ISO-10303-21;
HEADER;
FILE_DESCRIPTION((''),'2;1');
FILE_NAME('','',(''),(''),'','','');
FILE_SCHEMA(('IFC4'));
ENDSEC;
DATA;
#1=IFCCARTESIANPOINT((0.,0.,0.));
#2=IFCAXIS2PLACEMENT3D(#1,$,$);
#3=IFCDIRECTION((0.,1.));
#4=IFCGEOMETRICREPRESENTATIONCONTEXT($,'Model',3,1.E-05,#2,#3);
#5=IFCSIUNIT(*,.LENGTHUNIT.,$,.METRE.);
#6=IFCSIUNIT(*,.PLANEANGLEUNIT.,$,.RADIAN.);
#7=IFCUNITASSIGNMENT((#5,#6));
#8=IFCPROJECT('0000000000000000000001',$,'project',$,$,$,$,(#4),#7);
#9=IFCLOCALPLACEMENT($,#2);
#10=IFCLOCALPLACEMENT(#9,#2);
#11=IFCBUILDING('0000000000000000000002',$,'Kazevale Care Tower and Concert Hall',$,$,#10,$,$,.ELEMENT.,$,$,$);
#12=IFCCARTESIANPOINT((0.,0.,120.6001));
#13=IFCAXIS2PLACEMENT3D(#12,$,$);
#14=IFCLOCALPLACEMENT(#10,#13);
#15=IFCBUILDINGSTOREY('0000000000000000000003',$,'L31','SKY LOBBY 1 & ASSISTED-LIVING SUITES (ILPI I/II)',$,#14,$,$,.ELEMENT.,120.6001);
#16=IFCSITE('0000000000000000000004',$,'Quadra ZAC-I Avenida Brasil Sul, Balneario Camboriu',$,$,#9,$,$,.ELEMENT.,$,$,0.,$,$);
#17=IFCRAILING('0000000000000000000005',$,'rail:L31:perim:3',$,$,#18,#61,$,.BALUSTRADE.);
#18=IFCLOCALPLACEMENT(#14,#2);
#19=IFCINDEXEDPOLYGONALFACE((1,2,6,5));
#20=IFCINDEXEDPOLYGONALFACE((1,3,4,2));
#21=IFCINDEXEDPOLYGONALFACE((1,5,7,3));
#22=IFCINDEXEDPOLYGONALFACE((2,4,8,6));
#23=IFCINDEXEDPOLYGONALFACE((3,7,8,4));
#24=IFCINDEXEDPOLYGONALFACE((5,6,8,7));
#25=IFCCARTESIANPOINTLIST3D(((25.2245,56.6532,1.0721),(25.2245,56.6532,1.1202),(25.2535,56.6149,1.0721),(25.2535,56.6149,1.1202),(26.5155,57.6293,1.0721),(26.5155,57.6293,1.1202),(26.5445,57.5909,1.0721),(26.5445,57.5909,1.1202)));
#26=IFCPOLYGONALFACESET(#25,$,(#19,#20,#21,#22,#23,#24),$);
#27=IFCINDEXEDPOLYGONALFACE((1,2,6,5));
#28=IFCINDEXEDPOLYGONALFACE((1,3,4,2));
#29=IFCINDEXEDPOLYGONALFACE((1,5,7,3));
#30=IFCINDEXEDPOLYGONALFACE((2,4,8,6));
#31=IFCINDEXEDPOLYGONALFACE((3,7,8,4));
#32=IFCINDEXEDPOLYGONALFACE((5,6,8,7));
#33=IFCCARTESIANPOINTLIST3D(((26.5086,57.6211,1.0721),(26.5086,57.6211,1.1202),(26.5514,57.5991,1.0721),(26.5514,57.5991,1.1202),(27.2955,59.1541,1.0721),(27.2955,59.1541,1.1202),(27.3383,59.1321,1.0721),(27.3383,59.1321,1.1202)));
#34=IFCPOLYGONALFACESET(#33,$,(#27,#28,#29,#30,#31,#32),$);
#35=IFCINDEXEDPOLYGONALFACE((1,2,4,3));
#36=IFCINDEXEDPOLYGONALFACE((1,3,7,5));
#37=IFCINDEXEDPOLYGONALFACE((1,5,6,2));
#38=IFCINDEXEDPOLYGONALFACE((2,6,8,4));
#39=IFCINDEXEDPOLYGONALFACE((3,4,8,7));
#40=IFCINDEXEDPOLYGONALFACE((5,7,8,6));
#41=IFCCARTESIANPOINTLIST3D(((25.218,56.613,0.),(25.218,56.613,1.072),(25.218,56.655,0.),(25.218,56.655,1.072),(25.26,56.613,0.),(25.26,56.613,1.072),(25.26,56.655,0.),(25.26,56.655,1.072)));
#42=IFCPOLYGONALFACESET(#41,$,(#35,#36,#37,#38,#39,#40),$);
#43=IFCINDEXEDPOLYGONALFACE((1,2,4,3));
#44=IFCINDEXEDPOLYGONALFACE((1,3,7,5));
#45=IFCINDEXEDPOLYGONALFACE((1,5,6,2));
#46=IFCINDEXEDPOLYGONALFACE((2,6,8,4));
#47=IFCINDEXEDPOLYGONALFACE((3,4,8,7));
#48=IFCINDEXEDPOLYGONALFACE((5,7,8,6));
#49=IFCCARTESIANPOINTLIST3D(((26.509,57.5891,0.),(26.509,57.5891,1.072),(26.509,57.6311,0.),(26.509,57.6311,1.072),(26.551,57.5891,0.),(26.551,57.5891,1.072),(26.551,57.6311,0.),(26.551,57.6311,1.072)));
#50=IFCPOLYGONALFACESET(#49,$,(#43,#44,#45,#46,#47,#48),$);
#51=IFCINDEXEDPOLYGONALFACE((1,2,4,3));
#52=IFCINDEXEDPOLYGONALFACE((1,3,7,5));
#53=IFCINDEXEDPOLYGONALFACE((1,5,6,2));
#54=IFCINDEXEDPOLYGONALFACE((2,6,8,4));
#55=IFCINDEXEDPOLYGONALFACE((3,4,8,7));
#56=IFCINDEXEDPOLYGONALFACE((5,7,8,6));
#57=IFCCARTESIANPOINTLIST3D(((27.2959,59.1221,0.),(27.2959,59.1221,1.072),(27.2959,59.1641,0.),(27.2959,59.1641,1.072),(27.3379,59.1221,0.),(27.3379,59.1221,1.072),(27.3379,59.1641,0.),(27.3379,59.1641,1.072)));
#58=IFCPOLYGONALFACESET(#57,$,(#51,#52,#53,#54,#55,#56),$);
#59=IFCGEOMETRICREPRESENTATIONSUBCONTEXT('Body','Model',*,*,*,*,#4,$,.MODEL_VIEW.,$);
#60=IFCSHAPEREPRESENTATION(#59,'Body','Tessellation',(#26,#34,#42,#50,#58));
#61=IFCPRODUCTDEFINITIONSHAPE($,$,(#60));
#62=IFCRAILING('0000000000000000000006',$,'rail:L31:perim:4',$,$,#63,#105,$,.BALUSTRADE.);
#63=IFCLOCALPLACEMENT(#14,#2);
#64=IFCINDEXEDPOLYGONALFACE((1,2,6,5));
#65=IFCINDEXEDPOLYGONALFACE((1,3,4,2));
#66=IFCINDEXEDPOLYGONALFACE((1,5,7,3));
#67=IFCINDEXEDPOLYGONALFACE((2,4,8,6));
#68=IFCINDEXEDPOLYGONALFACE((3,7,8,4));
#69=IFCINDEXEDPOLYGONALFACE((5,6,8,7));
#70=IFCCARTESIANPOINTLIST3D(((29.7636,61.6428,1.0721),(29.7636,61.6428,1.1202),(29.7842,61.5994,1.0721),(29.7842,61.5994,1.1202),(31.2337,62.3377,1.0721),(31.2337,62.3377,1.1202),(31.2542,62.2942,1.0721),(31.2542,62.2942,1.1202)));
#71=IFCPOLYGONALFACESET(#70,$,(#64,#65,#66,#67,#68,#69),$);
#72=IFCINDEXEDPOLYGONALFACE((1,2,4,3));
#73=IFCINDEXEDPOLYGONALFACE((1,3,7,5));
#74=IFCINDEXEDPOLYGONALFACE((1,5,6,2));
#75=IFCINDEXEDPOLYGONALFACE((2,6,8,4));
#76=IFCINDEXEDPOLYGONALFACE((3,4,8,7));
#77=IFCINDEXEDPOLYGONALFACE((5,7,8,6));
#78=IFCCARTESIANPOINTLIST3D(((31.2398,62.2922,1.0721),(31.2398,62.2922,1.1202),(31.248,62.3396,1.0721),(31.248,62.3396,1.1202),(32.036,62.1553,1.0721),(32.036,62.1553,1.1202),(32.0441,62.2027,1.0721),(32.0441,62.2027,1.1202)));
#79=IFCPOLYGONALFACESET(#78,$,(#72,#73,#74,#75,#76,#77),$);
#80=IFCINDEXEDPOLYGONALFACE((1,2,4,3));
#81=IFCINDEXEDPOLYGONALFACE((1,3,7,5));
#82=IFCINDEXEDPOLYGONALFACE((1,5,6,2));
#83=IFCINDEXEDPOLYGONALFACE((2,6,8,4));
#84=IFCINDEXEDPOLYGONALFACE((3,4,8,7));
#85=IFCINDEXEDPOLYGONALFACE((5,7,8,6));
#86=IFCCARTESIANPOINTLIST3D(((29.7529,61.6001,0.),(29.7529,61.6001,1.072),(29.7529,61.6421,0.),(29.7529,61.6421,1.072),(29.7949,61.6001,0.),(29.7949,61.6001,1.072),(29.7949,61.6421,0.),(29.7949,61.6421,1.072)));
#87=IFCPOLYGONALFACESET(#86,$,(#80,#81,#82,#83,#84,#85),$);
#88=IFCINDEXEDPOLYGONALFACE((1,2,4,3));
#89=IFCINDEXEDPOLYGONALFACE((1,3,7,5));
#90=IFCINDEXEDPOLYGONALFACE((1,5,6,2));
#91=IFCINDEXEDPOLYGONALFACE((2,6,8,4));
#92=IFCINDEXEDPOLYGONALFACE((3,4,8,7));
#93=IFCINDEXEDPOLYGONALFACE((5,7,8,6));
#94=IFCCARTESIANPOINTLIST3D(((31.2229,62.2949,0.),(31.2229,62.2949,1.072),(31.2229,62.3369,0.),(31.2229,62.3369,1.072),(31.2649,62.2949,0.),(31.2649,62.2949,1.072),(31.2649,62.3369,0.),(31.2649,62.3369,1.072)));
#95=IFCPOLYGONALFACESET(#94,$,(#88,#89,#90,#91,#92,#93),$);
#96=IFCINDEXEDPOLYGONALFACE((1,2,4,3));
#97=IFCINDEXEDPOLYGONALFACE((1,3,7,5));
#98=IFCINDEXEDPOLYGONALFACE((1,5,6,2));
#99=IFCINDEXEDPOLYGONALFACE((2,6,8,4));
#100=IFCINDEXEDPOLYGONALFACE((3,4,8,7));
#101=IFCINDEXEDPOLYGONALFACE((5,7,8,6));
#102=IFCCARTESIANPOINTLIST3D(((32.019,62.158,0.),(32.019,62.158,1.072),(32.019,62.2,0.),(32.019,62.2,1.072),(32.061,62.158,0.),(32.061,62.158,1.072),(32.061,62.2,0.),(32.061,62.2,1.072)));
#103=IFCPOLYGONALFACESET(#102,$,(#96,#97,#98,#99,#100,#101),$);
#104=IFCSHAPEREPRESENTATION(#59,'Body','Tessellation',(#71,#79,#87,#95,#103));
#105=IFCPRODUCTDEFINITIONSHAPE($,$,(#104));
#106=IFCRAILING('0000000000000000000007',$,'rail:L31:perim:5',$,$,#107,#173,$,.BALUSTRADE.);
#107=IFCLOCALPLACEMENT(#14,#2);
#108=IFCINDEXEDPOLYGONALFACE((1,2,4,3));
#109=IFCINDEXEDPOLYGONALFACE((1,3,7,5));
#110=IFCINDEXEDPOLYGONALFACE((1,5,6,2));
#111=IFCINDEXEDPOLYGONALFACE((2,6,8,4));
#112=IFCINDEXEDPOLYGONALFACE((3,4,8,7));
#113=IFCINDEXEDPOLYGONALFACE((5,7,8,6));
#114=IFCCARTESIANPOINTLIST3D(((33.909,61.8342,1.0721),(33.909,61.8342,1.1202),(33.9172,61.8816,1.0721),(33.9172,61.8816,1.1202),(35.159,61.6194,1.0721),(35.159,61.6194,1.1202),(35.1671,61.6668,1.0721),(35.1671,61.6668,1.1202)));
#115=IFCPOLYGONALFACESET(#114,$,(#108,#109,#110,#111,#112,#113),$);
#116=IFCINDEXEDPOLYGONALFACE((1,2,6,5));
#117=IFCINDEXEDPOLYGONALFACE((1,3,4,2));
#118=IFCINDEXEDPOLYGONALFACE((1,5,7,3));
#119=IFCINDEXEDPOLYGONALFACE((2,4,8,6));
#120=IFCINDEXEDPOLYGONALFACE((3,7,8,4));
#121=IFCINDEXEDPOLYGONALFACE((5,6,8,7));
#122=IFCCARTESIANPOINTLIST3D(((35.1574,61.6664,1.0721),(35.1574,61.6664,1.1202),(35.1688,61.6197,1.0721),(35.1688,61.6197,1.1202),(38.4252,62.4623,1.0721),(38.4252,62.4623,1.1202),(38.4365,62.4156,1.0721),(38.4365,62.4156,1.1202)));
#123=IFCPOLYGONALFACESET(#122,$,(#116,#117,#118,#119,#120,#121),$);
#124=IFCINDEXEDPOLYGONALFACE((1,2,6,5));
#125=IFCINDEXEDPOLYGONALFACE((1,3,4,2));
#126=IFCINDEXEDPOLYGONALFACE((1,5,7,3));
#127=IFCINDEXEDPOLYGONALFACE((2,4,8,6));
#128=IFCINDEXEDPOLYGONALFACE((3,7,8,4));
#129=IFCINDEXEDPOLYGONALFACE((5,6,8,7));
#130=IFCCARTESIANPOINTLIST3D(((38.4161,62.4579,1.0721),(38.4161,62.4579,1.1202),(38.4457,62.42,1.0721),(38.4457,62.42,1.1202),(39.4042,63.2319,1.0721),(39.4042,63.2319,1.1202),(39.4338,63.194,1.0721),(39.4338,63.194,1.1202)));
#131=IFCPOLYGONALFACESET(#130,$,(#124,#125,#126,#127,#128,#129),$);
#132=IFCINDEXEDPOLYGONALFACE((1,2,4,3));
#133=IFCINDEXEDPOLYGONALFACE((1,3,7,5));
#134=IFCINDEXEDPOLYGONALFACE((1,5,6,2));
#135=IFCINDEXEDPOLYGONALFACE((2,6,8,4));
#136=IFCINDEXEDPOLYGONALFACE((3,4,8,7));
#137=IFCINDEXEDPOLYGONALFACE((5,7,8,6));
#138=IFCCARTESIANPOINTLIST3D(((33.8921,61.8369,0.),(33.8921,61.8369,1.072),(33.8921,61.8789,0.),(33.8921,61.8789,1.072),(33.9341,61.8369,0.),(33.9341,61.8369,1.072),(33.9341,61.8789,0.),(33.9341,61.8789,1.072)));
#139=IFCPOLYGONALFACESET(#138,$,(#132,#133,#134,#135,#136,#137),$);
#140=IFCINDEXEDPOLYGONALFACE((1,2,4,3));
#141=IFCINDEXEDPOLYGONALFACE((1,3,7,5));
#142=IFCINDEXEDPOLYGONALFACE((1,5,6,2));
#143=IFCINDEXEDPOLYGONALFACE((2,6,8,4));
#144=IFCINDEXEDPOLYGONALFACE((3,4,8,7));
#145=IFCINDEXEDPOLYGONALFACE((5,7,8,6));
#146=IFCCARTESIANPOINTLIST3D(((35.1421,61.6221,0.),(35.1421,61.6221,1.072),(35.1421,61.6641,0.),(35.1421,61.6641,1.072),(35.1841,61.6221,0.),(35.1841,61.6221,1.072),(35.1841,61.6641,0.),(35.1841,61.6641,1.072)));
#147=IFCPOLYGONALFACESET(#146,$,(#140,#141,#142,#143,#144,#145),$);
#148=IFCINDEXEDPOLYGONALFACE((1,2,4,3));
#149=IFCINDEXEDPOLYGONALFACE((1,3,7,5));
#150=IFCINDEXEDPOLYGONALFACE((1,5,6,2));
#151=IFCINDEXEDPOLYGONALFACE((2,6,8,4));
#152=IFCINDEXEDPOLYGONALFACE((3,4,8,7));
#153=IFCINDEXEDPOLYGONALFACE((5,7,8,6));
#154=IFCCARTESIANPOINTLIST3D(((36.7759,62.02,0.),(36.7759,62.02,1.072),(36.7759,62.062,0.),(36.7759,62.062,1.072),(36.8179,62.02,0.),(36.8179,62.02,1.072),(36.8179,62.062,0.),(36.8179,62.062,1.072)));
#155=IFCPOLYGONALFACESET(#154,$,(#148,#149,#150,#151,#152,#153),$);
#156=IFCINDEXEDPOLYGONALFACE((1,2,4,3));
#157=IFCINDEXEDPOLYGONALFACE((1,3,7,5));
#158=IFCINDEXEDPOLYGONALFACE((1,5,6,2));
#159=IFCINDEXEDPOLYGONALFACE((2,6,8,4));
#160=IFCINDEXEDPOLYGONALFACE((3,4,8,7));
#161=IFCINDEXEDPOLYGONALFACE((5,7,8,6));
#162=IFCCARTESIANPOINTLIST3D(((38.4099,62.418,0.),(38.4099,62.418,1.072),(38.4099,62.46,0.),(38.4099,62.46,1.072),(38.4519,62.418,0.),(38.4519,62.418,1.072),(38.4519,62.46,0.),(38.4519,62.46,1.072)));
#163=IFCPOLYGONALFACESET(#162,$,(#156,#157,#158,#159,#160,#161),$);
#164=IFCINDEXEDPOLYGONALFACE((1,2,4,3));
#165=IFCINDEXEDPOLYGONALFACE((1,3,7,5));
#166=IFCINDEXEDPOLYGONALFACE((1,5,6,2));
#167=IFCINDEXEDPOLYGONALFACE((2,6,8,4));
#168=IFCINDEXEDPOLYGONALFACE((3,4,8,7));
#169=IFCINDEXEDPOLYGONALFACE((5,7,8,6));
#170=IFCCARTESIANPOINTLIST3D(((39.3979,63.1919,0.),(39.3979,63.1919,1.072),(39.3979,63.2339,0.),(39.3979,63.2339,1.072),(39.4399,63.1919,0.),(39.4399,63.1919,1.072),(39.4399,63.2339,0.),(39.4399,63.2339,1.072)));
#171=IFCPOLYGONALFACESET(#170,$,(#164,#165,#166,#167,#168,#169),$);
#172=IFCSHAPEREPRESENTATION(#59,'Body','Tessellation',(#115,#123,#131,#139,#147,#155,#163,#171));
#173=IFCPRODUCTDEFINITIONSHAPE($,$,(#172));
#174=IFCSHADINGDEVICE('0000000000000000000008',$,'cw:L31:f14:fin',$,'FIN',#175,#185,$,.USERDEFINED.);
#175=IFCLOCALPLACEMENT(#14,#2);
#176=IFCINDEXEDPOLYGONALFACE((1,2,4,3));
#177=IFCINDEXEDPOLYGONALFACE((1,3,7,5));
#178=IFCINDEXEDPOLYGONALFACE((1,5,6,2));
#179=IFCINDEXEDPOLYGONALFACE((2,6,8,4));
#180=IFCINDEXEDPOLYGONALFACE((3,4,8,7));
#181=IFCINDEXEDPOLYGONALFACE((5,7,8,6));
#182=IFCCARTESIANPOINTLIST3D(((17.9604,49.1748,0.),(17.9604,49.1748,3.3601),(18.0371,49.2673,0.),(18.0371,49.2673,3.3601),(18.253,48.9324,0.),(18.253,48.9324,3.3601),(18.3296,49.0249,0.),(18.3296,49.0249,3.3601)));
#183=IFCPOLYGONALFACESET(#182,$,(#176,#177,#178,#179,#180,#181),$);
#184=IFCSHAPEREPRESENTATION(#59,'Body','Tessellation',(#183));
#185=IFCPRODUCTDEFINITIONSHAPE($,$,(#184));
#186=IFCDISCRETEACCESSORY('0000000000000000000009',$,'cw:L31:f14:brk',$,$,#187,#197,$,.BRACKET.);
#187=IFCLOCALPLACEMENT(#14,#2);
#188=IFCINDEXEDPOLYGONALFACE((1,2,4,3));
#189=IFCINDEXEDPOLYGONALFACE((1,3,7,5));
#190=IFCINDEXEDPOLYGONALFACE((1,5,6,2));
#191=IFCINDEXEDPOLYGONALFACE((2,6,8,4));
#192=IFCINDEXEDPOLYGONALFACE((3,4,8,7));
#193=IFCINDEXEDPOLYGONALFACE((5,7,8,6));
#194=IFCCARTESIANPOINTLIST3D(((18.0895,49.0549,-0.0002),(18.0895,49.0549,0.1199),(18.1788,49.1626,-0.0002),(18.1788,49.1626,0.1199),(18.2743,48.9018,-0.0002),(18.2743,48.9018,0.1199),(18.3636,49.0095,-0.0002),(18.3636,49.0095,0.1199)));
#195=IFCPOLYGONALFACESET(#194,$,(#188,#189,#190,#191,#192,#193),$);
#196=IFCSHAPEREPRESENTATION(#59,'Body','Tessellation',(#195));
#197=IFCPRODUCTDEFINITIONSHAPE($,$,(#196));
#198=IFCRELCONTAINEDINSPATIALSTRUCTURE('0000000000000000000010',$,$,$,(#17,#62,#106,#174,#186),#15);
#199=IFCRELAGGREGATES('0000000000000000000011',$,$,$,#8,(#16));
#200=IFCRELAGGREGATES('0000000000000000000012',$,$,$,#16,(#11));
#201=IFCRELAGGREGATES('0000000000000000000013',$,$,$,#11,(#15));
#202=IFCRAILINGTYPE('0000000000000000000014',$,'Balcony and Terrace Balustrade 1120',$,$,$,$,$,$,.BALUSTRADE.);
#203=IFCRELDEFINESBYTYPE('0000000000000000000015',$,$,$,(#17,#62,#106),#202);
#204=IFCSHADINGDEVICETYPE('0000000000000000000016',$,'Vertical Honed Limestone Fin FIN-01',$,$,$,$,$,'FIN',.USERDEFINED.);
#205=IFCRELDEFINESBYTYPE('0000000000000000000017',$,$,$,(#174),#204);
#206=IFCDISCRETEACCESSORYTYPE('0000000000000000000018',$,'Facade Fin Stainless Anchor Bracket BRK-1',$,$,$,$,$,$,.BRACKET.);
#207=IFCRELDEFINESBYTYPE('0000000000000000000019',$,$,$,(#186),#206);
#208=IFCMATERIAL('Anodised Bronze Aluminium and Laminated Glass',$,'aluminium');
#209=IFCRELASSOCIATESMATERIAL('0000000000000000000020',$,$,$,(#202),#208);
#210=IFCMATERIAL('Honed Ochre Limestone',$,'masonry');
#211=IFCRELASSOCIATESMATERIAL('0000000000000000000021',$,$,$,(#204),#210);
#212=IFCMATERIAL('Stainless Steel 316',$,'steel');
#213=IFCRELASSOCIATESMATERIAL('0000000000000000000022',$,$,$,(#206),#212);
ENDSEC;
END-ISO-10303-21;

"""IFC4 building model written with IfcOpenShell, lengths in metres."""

from ifc_helpers import new_model, si_unit, direction, frame, origin, origin_2d, place, context, subcontext, project, spatial, rectangle, extrude, material, type_object, element, save


model = new_model("IFC4")

# Units and contexts
model_context = context("Model", 3, precision=1e-05, world=origin(), true_north=direction((0.0, 1.0)))
body_context = subcontext(model_context, "Body", "Model", "MODEL_VIEW")
ifc_project = project(units=[si_unit("LENGTHUNIT", "METRE"), si_unit("PLANEANGLEUNIT", "RADIAN")], contexts=[model_context])

# Site, building, storey
site_placement = place(None, origin())
site = spatial("IfcSite", under=ifc_project, at=site_placement, Name="Quadra ZAC-I Avenida Brasil Sul, Balneario Camboriu", CompositionType="ELEMENT", RefElevation=0.0)
building_placement = place(site_placement, origin())
building = spatial("IfcBuilding", under=site, at=building_placement, Name="Kazevale Care Tower and Concert Hall", CompositionType="ELEMENT")
storey_placement = place(building_placement, frame((0.0, 0.0, 120.6001)))
storey = spatial("IfcBuildingStorey", under=building, at=storey_placement, Name="L31", Description="SKY LOBBY 1 & ASSISTED-LIVING SUITES (ILPI I/II)", CompositionType="ELEMENT", Elevation=120.6001)

# Railings
ifc_material_1 = material(Name="Anodised Bronze Aluminium and Laminated Glass", Category="aluminium")
railing_type = type_object("IfcRailingType", Name="Balcony and Terrace Balustrade 1120", PredefinedType="BALUSTRADE", material=ifc_material_1)
railing_1_placement = place(storey_placement, frame((25.239, 56.634, 0.0)))
element("IfcRailing", 1, at=railing_1_placement, inside=storey, type_object=railing_type, Name="rail:L31:perim:3", PredefinedType="BALUSTRADE", context=body_context, shape_type="SweptSolid", body=[
    extrude(rectangle(XDim=0.0481, YDim=0.0481, at=origin_2d()), frame((0.0, 0.0, 1.0962), z_axis=(0.797677, 0.603085, 0.0), x_axis=(-0.603085, 0.797677, 0.0)), (0.0, 0.0, 1.0), 1.6184),
    extrude(rectangle(XDim=0.0481, YDim=0.0481, at=origin_2d()), frame((1.291, 0.9761, 1.0962), z_axis=(0.456653, 0.889645, 0.0), x_axis=(-0.889645, 0.456653, 0.0)), (0.0, 0.0, 1.0), 1.7231),
    extrude(rectangle(XDim=0.042, YDim=0.042, at=origin_2d()), origin(), (0.0, 0.0, 1.0), 1.072),
    extrude(rectangle(XDim=0.042, YDim=0.042, at=origin_2d()), frame((1.291, 0.9761, 0.0)), (0.0, 0.0, 1.0), 1.072),
    extrude(rectangle(XDim=0.042, YDim=0.042, at=origin_2d()), frame((2.0779, 2.509, 0.0)), (0.0, 0.0, 1.0), 1.072),
])
railing_2_placement = place(storey_placement, frame((29.7739, 61.6211, 0.0)))
element("IfcRailing", 2, at=railing_2_placement, inside=storey, type_object=railing_type, Name="rail:L31:perim:4", PredefinedType="BALUSTRADE", context=body_context, shape_type="SweptSolid", body=[
    extrude(rectangle(XDim=0.0481, YDim=0.0481, at=origin_2d()), frame((0.0, 0.0, 1.0962), z_axis=(0.904089, 0.427344, 0.0), x_axis=(-0.427344, 0.904089, 0.0)), (0.0, 0.0, 1.0), 1.626),
    extrude(rectangle(XDim=0.0481, YDim=0.0481, at=origin_2d()), frame((1.47, 0.6948, 1.0962), z_axis=(0.985523, -0.169543, 0.0), x_axis=(0.169543, 0.985523, 0.0)), (0.0, 0.0, 1.0), 0.8079),
    extrude(rectangle(XDim=0.042, YDim=0.042, at=origin_2d()), origin(), (0.0, 0.0, 1.0), 1.072),
    extrude(rectangle(XDim=0.042, YDim=0.042, at=origin_2d()), frame((1.47, 0.6948, 0.0)), (0.0, 0.0, 1.0), 1.072),
    extrude(rectangle(XDim=0.042, YDim=0.042, at=origin_2d()), frame((2.2661, 0.5579, 0.0)), (0.0, 0.0, 1.0), 1.072),
])
railing_3_placement = place(storey_placement, frame((33.9131, 61.8579, 0.0)))
element("IfcRailing", 3, at=railing_3_placement, inside=storey, type_object=railing_type, Name="rail:L31:perim:5", PredefinedType="BALUSTRADE", context=body_context, shape_type="SweptSolid", body=[
    extrude(rectangle(XDim=0.0481, YDim=0.0481, at=origin_2d()), frame((0.0, 0.0, 1.0962), z_axis=(0.985549, -0.169391, 0.0), x_axis=(0.169391, 0.985549, 0.0)), (0.0, 0.0, 1.0), 1.2683),
    extrude(rectangle(XDim=0.0481, YDim=0.0481, at=origin_2d()), frame((1.25, -0.2148, 1.0962), z_axis=(0.971598, 0.236639, 0.0), x_axis=(-0.236639, 0.971598, 0.0)), (0.0, 0.0, 1.0), 3.3633),
    extrude(rectangle(XDim=0.0481, YDim=0.0481, at=origin_2d()), frame((4.5178, 0.5811, 1.0962), z_axis=(0.787242, 0.616644, 0.0), x_axis=(-0.616644, 0.787242, 0.0)), (0.0, 0.0, 1.0), 1.2551),
    extrude(rectangle(XDim=0.042, YDim=0.042, at=origin_2d()), origin(), (0.0, 0.0, 1.0), 1.072),
    extrude(rectangle(XDim=0.042, YDim=0.042, at=origin_2d()), frame((1.25, -0.2148, 0.0)), (0.0, 0.0, 1.0), 1.072),
    extrude(rectangle(XDim=0.042, YDim=0.042, at=origin_2d()), frame((2.8838, 0.1831, 0.0)), (0.0, 0.0, 1.0), 1.072),
    extrude(rectangle(XDim=0.042, YDim=0.042, at=origin_2d()), frame((4.5178, 0.5811, 0.0)), (0.0, 0.0, 1.0), 1.072),
    extrude(rectangle(XDim=0.042, YDim=0.042, at=origin_2d()), frame((5.5059, 1.355, 0.0)), (0.0, 0.0, 1.0), 1.072),
])

# Shading device
ifc_material_2 = material(Name="Honed Ochre Limestone", Category="masonry")
shading_device_type = type_object("IfcShadingDeviceType", Name="Vertical Honed Limestone Fin FIN-01", ElementType="FIN", PredefinedType="USERDEFINED", material=ifc_material_2)
shading_device_placement = place(storey_placement, frame((18.145, 49.0999, 0.0), z_axis=(0.0, 0.0, 1.0), x_axis=(-0.770068, 0.637962, 0.0)))
element("IfcShadingDevice", 4, at=shading_device_placement, inside=storey, type_object=shading_device_type, Name="cw:L31:f14:fin", ObjectType="FIN", PredefinedType="USERDEFINED", context=body_context, shape_type="SweptSolid", body=[
    extrude(rectangle(XDim=0.3799, YDim=0.1201, at=origin_2d()), origin(), (0.0, 0.0, 1.0), 3.3601),
])

# Discrete accessory
ifc_material_3 = material(Name="Stainless Steel 316", Category="steel")
discrete_accessory_type = type_object("IfcDiscreteAccessoryType", Name="Facade Fin Stainless Anchor Bracket BRK-1", PredefinedType="BRACKET", material=ifc_material_3)
discrete_accessory_placement = place(storey_placement, frame((18.2266, 49.0322, -0.0002), z_axis=(0.0, 0.0, 1.0), x_axis=(-0.770068, 0.637962, 0.0)))
element("IfcDiscreteAccessory", 5, at=discrete_accessory_placement, inside=storey, type_object=discrete_accessory_type, Name="cw:L31:f14:brk", PredefinedType="BRACKET", context=body_context, shape_type="SweptSolid", body=[
    extrude(rectangle(XDim=0.24, YDim=0.1399, at=origin_2d()), origin(), (0.0, 0.0, 1.0), 0.1201),
])

save(model, "model.ifc")
